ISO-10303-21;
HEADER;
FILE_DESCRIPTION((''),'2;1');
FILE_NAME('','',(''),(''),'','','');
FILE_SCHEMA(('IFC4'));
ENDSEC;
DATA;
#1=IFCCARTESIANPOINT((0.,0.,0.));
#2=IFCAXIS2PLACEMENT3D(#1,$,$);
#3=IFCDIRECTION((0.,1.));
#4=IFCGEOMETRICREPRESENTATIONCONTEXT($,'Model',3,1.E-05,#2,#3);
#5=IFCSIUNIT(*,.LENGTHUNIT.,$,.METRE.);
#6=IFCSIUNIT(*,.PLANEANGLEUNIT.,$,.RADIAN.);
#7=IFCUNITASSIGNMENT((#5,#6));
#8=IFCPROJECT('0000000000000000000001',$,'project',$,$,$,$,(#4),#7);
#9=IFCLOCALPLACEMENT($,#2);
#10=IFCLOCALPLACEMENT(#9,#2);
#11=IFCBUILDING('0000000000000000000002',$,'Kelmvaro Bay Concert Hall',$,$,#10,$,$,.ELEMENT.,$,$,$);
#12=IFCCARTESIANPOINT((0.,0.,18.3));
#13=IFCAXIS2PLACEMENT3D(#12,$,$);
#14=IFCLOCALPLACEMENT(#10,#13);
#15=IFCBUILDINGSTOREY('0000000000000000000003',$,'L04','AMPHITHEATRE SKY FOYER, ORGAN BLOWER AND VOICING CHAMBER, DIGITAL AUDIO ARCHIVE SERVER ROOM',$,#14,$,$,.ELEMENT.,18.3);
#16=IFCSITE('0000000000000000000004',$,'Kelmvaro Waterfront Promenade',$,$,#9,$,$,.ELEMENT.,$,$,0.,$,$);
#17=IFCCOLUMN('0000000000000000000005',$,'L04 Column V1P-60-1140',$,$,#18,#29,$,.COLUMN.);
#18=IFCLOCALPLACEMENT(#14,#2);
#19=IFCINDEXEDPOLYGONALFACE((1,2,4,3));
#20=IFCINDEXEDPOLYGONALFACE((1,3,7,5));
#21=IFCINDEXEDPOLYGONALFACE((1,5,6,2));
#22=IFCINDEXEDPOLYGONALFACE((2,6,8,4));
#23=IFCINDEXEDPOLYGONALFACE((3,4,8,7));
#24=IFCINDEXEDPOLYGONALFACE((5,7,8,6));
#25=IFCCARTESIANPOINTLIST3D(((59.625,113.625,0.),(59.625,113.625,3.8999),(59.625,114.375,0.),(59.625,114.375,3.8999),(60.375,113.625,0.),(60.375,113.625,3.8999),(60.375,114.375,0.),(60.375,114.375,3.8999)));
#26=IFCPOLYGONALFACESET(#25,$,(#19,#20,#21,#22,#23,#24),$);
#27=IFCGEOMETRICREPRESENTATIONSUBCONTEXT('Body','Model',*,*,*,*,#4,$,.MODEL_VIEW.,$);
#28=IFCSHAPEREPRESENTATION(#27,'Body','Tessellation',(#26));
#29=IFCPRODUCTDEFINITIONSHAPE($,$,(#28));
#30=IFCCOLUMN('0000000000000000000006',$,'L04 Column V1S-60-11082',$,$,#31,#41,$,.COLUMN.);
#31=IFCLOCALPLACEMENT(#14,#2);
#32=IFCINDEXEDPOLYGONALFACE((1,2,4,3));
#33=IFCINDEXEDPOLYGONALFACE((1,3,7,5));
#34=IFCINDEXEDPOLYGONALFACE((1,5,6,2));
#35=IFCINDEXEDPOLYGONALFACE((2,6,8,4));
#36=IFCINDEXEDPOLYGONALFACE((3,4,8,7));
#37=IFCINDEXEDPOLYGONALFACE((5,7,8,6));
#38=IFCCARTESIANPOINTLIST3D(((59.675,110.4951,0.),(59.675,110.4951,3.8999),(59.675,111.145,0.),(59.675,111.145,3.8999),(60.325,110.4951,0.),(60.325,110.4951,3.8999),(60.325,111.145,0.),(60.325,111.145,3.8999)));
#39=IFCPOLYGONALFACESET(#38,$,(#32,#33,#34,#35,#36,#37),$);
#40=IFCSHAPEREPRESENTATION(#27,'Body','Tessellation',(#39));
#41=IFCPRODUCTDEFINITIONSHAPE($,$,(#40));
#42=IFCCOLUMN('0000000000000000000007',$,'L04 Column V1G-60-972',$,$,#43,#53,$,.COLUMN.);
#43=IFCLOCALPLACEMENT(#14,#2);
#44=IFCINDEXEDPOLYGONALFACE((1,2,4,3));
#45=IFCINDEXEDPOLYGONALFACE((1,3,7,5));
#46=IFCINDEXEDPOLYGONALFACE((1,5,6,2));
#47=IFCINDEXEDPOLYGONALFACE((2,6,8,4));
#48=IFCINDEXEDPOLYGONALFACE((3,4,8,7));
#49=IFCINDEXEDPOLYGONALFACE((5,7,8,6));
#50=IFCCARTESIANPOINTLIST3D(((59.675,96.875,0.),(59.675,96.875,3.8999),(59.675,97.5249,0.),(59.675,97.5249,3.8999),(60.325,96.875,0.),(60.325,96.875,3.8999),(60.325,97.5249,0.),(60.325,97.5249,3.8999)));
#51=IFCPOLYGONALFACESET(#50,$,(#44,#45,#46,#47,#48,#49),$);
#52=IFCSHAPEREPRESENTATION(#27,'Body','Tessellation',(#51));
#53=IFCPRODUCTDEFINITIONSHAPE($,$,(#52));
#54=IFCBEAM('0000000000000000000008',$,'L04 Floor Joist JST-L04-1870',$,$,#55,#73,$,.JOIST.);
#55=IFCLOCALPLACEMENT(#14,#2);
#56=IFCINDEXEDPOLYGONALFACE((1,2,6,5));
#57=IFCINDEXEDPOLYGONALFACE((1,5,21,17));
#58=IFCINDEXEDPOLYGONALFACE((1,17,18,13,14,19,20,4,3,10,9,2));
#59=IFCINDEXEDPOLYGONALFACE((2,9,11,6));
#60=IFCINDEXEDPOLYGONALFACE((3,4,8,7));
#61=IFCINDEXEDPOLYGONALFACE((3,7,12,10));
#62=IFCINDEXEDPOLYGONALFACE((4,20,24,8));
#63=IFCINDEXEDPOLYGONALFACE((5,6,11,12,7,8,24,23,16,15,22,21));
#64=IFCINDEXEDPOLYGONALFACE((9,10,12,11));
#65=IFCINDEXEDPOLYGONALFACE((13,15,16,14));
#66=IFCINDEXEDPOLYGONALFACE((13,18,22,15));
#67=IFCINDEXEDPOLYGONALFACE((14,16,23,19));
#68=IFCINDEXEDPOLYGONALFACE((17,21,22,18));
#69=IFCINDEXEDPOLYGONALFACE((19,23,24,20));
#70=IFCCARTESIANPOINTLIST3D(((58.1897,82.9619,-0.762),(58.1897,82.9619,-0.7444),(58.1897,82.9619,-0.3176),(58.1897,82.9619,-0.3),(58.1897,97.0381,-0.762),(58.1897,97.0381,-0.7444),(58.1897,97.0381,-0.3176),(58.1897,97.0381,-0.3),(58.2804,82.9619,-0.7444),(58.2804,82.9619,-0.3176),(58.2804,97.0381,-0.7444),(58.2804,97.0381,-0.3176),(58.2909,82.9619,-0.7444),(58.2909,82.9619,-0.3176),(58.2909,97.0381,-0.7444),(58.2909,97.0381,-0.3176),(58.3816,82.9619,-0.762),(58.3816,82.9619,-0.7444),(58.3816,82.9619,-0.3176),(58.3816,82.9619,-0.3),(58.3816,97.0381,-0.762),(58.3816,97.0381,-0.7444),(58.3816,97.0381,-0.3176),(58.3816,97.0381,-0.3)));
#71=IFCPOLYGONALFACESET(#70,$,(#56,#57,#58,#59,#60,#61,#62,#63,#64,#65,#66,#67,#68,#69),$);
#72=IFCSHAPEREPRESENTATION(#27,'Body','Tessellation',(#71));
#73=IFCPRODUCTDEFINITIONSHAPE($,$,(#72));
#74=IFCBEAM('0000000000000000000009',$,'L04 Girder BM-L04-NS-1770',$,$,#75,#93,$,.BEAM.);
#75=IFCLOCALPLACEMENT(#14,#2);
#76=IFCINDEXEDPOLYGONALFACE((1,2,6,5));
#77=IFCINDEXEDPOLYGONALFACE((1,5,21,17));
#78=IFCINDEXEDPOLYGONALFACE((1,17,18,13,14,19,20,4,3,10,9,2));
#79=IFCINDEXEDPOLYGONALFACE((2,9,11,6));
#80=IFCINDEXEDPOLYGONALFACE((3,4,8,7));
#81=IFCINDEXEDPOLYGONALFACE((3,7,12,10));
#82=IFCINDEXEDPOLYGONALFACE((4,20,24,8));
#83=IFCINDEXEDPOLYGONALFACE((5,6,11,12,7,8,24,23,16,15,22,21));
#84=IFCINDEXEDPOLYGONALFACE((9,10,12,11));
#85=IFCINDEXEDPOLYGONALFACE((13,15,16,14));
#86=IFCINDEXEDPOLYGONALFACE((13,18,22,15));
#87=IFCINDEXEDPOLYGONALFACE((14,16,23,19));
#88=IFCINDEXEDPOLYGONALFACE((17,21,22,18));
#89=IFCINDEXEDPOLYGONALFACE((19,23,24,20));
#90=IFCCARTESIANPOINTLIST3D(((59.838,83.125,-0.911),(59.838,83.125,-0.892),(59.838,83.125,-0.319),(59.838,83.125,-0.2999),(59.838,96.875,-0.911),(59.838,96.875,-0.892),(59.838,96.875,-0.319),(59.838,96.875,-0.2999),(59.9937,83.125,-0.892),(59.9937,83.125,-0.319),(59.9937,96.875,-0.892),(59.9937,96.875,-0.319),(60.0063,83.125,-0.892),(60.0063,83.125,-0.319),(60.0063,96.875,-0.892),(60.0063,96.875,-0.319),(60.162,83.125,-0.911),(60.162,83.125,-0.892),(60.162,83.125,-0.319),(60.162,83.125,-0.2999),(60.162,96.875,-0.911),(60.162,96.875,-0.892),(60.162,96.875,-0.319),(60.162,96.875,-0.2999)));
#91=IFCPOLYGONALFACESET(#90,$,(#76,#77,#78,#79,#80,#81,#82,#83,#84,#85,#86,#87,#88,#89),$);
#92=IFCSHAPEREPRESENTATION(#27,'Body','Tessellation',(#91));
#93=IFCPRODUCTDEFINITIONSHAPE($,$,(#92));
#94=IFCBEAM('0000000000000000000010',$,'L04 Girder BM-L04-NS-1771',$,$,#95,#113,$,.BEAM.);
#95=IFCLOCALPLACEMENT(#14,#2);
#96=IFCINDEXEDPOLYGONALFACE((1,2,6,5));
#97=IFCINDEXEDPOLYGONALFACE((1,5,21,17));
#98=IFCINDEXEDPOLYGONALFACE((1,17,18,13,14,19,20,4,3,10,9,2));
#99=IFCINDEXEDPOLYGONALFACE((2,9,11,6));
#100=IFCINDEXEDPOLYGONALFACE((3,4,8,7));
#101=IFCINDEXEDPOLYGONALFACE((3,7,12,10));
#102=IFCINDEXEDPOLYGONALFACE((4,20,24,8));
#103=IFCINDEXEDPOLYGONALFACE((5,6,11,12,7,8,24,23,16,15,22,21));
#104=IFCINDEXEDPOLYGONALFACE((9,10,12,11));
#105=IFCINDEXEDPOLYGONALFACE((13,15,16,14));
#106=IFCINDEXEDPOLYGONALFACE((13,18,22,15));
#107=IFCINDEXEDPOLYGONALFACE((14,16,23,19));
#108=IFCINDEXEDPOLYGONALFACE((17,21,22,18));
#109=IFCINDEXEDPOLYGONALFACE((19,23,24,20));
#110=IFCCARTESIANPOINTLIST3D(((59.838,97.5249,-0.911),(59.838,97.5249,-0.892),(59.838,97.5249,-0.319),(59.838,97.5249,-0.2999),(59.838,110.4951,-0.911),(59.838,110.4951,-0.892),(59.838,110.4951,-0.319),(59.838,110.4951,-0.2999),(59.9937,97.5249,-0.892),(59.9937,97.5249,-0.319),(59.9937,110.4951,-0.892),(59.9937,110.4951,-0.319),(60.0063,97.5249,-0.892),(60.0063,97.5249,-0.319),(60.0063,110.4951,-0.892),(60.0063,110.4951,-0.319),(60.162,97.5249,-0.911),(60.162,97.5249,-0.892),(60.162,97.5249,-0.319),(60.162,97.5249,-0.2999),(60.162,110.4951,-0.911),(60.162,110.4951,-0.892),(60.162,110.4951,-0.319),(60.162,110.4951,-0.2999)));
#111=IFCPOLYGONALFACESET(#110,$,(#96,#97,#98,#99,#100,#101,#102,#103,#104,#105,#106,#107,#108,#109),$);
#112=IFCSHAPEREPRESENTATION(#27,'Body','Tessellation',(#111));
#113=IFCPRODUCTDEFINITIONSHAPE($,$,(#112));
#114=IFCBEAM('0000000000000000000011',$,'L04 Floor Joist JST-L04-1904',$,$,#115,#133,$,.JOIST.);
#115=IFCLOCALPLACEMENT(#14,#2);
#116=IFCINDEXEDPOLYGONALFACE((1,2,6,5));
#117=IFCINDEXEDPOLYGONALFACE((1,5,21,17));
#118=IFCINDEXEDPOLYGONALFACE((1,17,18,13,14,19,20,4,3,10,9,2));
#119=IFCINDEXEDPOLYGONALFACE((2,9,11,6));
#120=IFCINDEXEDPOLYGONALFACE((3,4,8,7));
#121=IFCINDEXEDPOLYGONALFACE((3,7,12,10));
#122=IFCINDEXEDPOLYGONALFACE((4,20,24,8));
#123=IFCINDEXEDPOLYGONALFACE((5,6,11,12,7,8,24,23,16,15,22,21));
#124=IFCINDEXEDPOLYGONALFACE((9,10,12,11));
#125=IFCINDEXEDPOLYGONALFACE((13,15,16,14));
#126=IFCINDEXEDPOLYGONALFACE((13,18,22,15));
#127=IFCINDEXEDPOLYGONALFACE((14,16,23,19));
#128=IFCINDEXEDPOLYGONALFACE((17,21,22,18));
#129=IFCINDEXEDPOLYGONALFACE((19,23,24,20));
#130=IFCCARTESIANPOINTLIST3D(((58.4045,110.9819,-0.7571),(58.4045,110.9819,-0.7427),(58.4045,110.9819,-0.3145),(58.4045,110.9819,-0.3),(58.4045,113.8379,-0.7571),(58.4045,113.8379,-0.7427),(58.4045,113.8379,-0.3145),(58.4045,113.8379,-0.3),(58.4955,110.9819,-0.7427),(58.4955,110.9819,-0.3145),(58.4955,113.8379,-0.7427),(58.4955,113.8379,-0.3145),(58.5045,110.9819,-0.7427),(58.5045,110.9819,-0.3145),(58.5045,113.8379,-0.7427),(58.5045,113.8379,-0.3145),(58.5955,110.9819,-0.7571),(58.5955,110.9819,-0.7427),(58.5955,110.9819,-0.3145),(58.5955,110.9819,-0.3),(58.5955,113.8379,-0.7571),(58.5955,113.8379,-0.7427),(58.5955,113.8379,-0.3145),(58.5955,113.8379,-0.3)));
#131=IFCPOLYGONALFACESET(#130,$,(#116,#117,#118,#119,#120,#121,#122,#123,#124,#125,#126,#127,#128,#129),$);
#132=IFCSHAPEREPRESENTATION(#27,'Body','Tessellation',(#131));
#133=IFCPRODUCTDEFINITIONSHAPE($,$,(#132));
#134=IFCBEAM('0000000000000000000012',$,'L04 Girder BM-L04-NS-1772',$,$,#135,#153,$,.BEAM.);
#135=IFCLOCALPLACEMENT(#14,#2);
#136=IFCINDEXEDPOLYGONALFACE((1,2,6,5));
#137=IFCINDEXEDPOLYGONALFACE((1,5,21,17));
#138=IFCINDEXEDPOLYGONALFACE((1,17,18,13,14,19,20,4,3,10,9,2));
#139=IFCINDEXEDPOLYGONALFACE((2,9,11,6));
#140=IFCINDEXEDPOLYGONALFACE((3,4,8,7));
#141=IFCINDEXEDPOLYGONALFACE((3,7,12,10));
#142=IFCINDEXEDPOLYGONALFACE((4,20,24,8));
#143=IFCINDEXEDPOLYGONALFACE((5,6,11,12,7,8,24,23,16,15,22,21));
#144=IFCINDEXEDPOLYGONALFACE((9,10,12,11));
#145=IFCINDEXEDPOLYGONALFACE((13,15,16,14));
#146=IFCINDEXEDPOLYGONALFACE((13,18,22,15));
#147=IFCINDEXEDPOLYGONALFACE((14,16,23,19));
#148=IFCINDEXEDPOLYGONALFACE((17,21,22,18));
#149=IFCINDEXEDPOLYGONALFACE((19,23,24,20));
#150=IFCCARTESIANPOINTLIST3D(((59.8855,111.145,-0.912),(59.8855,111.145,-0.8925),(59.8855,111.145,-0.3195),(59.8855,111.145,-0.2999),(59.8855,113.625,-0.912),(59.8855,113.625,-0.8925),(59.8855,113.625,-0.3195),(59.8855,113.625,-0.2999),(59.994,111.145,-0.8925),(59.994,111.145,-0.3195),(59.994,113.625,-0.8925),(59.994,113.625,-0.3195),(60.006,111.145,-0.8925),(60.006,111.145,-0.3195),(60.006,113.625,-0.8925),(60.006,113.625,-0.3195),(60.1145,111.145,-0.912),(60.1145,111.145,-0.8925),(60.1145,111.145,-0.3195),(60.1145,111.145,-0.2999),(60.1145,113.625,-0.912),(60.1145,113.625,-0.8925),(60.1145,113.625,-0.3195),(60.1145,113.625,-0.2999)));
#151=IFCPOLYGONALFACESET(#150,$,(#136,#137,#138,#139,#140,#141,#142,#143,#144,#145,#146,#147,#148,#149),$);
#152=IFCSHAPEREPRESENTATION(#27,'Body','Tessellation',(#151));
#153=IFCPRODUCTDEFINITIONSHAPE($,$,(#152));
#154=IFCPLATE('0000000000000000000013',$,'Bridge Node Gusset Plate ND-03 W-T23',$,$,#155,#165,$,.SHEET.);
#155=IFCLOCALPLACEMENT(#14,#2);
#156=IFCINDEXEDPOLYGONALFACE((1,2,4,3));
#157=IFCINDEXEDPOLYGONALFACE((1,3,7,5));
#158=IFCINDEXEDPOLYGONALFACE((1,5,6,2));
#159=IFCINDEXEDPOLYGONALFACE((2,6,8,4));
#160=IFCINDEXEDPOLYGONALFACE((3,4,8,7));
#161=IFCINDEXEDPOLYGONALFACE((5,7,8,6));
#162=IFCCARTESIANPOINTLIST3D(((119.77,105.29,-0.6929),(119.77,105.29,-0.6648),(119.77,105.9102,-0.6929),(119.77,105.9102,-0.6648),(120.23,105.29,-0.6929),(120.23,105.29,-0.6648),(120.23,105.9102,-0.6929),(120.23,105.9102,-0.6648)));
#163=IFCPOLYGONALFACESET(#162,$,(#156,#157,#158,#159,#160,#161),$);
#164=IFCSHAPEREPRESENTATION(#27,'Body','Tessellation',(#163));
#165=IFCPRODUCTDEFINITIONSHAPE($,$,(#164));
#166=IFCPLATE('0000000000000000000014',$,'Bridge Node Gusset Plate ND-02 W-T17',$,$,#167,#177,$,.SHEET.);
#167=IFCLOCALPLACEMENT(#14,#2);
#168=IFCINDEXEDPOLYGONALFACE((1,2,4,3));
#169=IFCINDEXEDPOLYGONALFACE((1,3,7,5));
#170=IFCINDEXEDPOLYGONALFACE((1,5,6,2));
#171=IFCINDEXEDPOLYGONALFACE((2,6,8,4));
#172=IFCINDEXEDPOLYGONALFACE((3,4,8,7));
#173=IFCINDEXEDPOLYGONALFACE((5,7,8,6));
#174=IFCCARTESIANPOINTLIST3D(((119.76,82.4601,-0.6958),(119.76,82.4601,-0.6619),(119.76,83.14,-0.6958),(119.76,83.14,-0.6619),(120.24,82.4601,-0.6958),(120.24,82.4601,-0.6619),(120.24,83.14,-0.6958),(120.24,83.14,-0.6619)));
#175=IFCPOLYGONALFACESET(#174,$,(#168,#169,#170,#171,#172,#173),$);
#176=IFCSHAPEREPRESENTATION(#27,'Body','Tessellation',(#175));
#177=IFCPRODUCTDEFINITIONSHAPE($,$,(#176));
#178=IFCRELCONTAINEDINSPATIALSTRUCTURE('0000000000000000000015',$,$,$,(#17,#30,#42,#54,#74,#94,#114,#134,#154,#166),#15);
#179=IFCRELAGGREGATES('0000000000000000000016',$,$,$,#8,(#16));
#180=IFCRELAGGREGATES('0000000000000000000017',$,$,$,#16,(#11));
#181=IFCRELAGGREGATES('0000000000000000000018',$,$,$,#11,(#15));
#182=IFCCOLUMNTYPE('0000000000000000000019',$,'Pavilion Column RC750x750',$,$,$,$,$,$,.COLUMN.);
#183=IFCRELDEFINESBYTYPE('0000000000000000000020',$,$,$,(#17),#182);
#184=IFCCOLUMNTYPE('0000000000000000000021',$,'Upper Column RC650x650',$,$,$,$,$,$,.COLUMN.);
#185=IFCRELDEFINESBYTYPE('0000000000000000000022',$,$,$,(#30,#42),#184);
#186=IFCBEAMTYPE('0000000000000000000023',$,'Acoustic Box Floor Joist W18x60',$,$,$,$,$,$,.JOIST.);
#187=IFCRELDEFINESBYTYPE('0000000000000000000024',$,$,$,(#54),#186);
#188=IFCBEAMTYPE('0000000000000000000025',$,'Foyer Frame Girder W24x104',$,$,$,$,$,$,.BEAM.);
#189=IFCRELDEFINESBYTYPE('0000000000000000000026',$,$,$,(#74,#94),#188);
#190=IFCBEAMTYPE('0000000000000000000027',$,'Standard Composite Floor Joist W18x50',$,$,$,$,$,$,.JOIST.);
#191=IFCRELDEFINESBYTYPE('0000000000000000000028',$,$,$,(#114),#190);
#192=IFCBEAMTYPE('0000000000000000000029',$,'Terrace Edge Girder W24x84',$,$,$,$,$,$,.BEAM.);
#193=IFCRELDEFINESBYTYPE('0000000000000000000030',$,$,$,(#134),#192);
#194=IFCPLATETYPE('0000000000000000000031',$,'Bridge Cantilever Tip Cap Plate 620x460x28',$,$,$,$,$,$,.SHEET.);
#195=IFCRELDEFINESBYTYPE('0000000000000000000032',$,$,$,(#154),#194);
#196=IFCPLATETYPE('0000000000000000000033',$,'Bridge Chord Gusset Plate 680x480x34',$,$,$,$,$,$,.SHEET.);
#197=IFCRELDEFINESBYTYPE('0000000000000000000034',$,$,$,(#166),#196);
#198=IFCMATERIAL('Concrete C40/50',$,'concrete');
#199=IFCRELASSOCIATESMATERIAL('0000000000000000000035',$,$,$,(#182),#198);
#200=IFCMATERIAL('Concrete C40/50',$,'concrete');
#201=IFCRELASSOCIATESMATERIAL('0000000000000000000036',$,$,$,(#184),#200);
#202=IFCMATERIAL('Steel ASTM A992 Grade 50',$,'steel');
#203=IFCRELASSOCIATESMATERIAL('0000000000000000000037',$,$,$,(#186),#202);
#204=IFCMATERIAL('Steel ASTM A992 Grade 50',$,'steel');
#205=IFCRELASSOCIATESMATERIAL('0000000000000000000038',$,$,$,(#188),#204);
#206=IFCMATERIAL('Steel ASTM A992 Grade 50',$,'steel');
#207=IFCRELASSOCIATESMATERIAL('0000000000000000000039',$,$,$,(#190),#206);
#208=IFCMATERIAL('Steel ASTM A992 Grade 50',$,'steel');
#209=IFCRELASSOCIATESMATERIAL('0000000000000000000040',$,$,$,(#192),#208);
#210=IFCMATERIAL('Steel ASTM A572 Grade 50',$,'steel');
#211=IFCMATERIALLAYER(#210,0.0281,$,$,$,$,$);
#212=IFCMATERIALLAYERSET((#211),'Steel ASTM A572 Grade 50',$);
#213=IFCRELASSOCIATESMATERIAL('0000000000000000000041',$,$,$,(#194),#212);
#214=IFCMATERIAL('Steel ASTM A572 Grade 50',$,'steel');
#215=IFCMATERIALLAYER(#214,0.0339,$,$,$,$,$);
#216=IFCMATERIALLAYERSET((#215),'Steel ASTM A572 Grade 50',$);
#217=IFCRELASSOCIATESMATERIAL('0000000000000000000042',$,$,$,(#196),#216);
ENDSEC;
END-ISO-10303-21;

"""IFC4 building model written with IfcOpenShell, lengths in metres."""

from ifc_helpers import new_model, si_unit, direction, frame, origin, origin_2d, place, context, subcontext, project, spatial, rectangle, i_section, extrude, material, layer, layer_set, material_profile, profile_set, type_object, element, save


model = new_model("IFC4")

# Units and contexts
model_context = context("Model", 3, precision=1e-05, world=origin(), true_north=direction((0.0, 1.0)))
body_context = subcontext(model_context, "Body", "Model", "MODEL_VIEW")
ifc_project = project(units=[si_unit("LENGTHUNIT", "METRE"), si_unit("PLANEANGLEUNIT", "RADIAN")], contexts=[model_context])

# Site, building, storey
site_placement = place(None, origin())
site = spatial("IfcSite", under=ifc_project, at=site_placement, Name="Kelmvaro Waterfront Promenade", CompositionType="ELEMENT", RefElevation=0.0)
building_placement = place(site_placement, origin())
building = spatial("IfcBuilding", under=site, at=building_placement, Name="Kelmvaro Bay Concert Hall", CompositionType="ELEMENT")
storey_placement = place(building_placement, frame((0.0, 0.0, 18.3)))
storey = spatial("IfcBuildingStorey", under=building, at=storey_placement, Name="L04", Description="AMPHITHEATRE SKY FOYER, ORGAN BLOWER AND VOICING CHAMBER, DIGITAL AUDIO ARCHIVE SERVER ROOM", CompositionType="ELEMENT", Elevation=18.3)

# Columns
ifc_material_1 = material(Name="Concrete C40/50", Category="concrete")
ifc_material_profile_1 = material_profile(ifc_material_1, rectangle(XDim=0.75, YDim=0.75, at=origin_2d()), Name="RC-COL-750X750")
ifc_profile_set_1 = profile_set([ifc_material_profile_1], Name="Concrete C40/50")
column_type_1 = type_object("IfcColumnType", Name="Pavilion Column RC750x750", PredefinedType="COLUMN", material=ifc_profile_set_1)
column_placement = place(storey_placement, frame((60.0, 114.0, 0.0), z_axis=(0.0, 0.0, 1.0), x_axis=(1.0, 0.0, 0.0)))
element("IfcColumn", 1, at=column_placement, inside=storey, type_object=column_type_1, Name="L04 Column V1P-60-1140", PredefinedType="COLUMN", context=body_context, shape_type="SweptSolid", body=[
    extrude(rectangle(XDim=0.75, YDim=0.75, at=origin_2d()), origin(), (0.0, 0.0, 1.0), 3.8999),
])
ifc_material_2 = material(Name="Concrete C40/50", Category="concrete")
ifc_material_profile_2 = material_profile(ifc_material_2, rectangle(XDim=0.6499, YDim=0.6499, at=origin_2d()), Name="RC-COL-650X650")
ifc_profile_set_2 = profile_set([ifc_material_profile_2], Name="Concrete C40/50")
column_type_2 = type_object("IfcColumnType", Name="Upper Column RC650x650", PredefinedType="COLUMN", material=ifc_profile_set_2)
for number, where, z_axis, x_axis, name in (
    (2, (60.0, 110.8201, 0.0), (0.0, 0.0, 1.0), (1.0, 0.0, 0.0), "L04 Column V1S-60-11082"),
    (3, (60.0, 97.2, 0.0), (0.0, 0.0, 1.0), (1.0, 0.0, 0.0), "L04 Column V1G-60-972"),
):
    element("IfcColumn", number, at=place(storey_placement, frame(where, z_axis=z_axis, x_axis=x_axis)), inside=storey, type_object=column_type_2, Name=name, PredefinedType="COLUMN", context=body_context, shape_type="SweptSolid", body=[
        extrude(rectangle(XDim=0.6499, YDim=0.6499, at=origin_2d()), origin(), (0.0, 0.0, 1.0), 3.8999),
    ])

# Beams
ifc_material_3 = material(Name="Steel ASTM A992 Grade 50", Category="steel")
ifc_material_profile_3 = material_profile(ifc_material_3, i_section(OverallWidth=0.1919, OverallDepth=0.4619, WebThickness=0.0105, FlangeThickness=0.0176, at=origin_2d()), Name="W18X60")
ifc_profile_set_3 = profile_set([ifc_material_profile_3], Name="Steel ASTM A992 Grade 50")
beam_type_1 = type_object("IfcBeamType", Name="Acoustic Box Floor Joist W18x60", PredefinedType="JOIST", material=ifc_profile_set_3)
beam_1_placement = place(storey_placement, frame((58.2856, 82.9619, -0.531), z_axis=(0.0, 1.0, 0.0), x_axis=(-1.0, 0.0, 0.0)))
element("IfcBeam", 4, at=beam_1_placement, inside=storey, type_object=beam_type_1, Name="L04 Floor Joist JST-L04-1870", PredefinedType="JOIST", context=body_context, shape_type="SweptSolid", body=[
    extrude(i_section(OverallWidth=0.1919, OverallDepth=0.4619, WebThickness=0.0105, FlangeThickness=0.0176, at=origin_2d()), origin(), (0.0, 0.0, 1.0), 14.0762),
])
ifc_material_4 = material(Name="Steel ASTM A992 Grade 50", Category="steel")
ifc_material_profile_4 = material_profile(ifc_material_4, i_section(OverallWidth=0.324, OverallDepth=0.6111, WebThickness=0.0127, FlangeThickness=0.019, at=origin_2d()), Name="W24X104")
ifc_profile_set_4 = profile_set([ifc_material_profile_4], Name="Steel ASTM A992 Grade 50")
beam_type_2 = type_object("IfcBeamType", Name="Foyer Frame Girder W24x104", PredefinedType="BEAM", material=ifc_profile_set_4)
beam_2_placement = place(storey_placement, frame((60.0, 83.125, -0.6055), z_axis=(0.0, 1.0, 0.0), x_axis=(-1.0, 0.0, 0.0)))
element("IfcBeam", 5, at=beam_2_placement, inside=storey, type_object=beam_type_2, Name="L04 Girder BM-L04-NS-1770", PredefinedType="BEAM", context=body_context, shape_type="SweptSolid", body=[
    extrude(i_section(OverallWidth=0.324, OverallDepth=0.6111, WebThickness=0.0127, FlangeThickness=0.019, at=origin_2d()), origin(), (0.0, 0.0, 1.0), 13.75),
])
beam_3_placement = place(storey_placement, frame((60.0, 97.5249, -0.6055), z_axis=(0.0, 1.0, 0.0), x_axis=(-1.0, 0.0, 0.0)))
element("IfcBeam", 6, at=beam_3_placement, inside=storey, type_object=beam_type_2, Name="L04 Girder BM-L04-NS-1771", PredefinedType="BEAM", context=body_context, shape_type="SweptSolid", body=[
    extrude(i_section(OverallWidth=0.324, OverallDepth=0.6111, WebThickness=0.0127, FlangeThickness=0.019, at=origin_2d()), origin(), (0.0, 0.0, 1.0), 12.9702),
])
ifc_material_5 = material(Name="Steel ASTM A992 Grade 50", Category="steel")
ifc_material_profile_5 = material_profile(ifc_material_5, i_section(OverallWidth=0.1909, OverallDepth=0.457, WebThickness=0.009, FlangeThickness=0.0144, at=origin_2d()), Name="W18X50")
ifc_profile_set_5 = profile_set([ifc_material_profile_5], Name="Steel ASTM A992 Grade 50")
beam_type_3 = type_object("IfcBeamType", Name="Standard Composite Floor Joist W18x50", PredefinedType="JOIST", material=ifc_profile_set_5)
beam_4_placement = place(storey_placement, frame((58.5, 110.9819, -0.5286), z_axis=(0.0, 1.0, 0.0), x_axis=(-1.0, 0.0, 0.0)))
element("IfcBeam", 7, at=beam_4_placement, inside=storey, type_object=beam_type_3, Name="L04 Floor Joist JST-L04-1904", PredefinedType="JOIST", context=body_context, shape_type="SweptSolid", body=[
    extrude(i_section(OverallWidth=0.1909, OverallDepth=0.457, WebThickness=0.009, FlangeThickness=0.0144, at=origin_2d()), origin(), (0.0, 0.0, 1.0), 2.856),
])
ifc_material_6 = material(Name="Steel ASTM A992 Grade 50", Category="steel")
ifc_material_profile_6 = material_profile(ifc_material_6, i_section(OverallWidth=0.229, OverallDepth=0.6121, WebThickness=0.012, FlangeThickness=0.0195, at=origin_2d()), Name="W24X84")
ifc_profile_set_6 = profile_set([ifc_material_profile_6], Name="Steel ASTM A992 Grade 50")
beam_type_4 = type_object("IfcBeamType", Name="Terrace Edge Girder W24x84", PredefinedType="BEAM", material=ifc_profile_set_6)
beam_5_placement = place(storey_placement, frame((60.0, 111.145, -0.606), z_axis=(0.0, 1.0, 0.0), x_axis=(-1.0, 0.0, 0.0)))
element("IfcBeam", 8, at=beam_5_placement, inside=storey, type_object=beam_type_4, Name="L04 Girder BM-L04-NS-1772", PredefinedType="BEAM", context=body_context, shape_type="SweptSolid", body=[
    extrude(i_section(OverallWidth=0.229, OverallDepth=0.6121, WebThickness=0.012, FlangeThickness=0.0195, at=origin_2d()), origin(), (0.0, 0.0, 1.0), 2.48),
])

# Plates
ifc_material_7 = material(Name="Steel ASTM A572 Grade 50", Category="steel")
ifc_layer_1 = layer(ifc_material_7, 0.0281)
ifc_layer_set_1 = layer_set([ifc_layer_1], Name="Steel ASTM A572 Grade 50")
plate_type_1 = type_object("IfcPlateType", Name="Bridge Cantilever Tip Cap Plate 620x460x28", PredefinedType="SHEET", material=ifc_layer_set_1)
plate_1_placement = place(storey_placement, frame((120.0, 105.6001, -0.6929), z_axis=(0.0, 0.0, 1.0), x_axis=(0.0, 1.0, 0.0)))
element("IfcPlate", 9, at=plate_1_placement, inside=storey, type_object=plate_type_1, Name="Bridge Node Gusset Plate ND-03 W-T23", PredefinedType="SHEET", context=body_context, shape_type="SweptSolid", body=[
    extrude(rectangle(XDim=0.6201, YDim=0.46, at=origin_2d()), origin(), (0.0, 0.0, 1.0), 0.0281),
])
ifc_material_8 = material(Name="Steel ASTM A572 Grade 50", Category="steel")
ifc_layer_2 = layer(ifc_material_8, 0.0339)
ifc_layer_set_2 = layer_set([ifc_layer_2], Name="Steel ASTM A572 Grade 50")
plate_type_2 = type_object("IfcPlateType", Name="Bridge Chord Gusset Plate 680x480x34", PredefinedType="SHEET", material=ifc_layer_set_2)
for number, where, z_axis, x_axis, name in (
    (10, (120.0, 82.8, -0.6958), (0.0, 0.0, 1.0), (0.0, 1.0, 0.0), "Bridge Node Gusset Plate ND-02 W-T17"),
):
    element("IfcPlate", number, at=place(storey_placement, frame(where, z_axis=z_axis, x_axis=x_axis)), inside=storey, type_object=plate_type_2, Name=name, PredefinedType="SHEET", context=body_context, shape_type="SweptSolid", body=[
        extrude(rectangle(XDim=0.6799, YDim=0.48, at=origin_2d()), origin(), (0.0, 0.0, 1.0), 0.0339),
    ])

save(model, "model.ifc")
